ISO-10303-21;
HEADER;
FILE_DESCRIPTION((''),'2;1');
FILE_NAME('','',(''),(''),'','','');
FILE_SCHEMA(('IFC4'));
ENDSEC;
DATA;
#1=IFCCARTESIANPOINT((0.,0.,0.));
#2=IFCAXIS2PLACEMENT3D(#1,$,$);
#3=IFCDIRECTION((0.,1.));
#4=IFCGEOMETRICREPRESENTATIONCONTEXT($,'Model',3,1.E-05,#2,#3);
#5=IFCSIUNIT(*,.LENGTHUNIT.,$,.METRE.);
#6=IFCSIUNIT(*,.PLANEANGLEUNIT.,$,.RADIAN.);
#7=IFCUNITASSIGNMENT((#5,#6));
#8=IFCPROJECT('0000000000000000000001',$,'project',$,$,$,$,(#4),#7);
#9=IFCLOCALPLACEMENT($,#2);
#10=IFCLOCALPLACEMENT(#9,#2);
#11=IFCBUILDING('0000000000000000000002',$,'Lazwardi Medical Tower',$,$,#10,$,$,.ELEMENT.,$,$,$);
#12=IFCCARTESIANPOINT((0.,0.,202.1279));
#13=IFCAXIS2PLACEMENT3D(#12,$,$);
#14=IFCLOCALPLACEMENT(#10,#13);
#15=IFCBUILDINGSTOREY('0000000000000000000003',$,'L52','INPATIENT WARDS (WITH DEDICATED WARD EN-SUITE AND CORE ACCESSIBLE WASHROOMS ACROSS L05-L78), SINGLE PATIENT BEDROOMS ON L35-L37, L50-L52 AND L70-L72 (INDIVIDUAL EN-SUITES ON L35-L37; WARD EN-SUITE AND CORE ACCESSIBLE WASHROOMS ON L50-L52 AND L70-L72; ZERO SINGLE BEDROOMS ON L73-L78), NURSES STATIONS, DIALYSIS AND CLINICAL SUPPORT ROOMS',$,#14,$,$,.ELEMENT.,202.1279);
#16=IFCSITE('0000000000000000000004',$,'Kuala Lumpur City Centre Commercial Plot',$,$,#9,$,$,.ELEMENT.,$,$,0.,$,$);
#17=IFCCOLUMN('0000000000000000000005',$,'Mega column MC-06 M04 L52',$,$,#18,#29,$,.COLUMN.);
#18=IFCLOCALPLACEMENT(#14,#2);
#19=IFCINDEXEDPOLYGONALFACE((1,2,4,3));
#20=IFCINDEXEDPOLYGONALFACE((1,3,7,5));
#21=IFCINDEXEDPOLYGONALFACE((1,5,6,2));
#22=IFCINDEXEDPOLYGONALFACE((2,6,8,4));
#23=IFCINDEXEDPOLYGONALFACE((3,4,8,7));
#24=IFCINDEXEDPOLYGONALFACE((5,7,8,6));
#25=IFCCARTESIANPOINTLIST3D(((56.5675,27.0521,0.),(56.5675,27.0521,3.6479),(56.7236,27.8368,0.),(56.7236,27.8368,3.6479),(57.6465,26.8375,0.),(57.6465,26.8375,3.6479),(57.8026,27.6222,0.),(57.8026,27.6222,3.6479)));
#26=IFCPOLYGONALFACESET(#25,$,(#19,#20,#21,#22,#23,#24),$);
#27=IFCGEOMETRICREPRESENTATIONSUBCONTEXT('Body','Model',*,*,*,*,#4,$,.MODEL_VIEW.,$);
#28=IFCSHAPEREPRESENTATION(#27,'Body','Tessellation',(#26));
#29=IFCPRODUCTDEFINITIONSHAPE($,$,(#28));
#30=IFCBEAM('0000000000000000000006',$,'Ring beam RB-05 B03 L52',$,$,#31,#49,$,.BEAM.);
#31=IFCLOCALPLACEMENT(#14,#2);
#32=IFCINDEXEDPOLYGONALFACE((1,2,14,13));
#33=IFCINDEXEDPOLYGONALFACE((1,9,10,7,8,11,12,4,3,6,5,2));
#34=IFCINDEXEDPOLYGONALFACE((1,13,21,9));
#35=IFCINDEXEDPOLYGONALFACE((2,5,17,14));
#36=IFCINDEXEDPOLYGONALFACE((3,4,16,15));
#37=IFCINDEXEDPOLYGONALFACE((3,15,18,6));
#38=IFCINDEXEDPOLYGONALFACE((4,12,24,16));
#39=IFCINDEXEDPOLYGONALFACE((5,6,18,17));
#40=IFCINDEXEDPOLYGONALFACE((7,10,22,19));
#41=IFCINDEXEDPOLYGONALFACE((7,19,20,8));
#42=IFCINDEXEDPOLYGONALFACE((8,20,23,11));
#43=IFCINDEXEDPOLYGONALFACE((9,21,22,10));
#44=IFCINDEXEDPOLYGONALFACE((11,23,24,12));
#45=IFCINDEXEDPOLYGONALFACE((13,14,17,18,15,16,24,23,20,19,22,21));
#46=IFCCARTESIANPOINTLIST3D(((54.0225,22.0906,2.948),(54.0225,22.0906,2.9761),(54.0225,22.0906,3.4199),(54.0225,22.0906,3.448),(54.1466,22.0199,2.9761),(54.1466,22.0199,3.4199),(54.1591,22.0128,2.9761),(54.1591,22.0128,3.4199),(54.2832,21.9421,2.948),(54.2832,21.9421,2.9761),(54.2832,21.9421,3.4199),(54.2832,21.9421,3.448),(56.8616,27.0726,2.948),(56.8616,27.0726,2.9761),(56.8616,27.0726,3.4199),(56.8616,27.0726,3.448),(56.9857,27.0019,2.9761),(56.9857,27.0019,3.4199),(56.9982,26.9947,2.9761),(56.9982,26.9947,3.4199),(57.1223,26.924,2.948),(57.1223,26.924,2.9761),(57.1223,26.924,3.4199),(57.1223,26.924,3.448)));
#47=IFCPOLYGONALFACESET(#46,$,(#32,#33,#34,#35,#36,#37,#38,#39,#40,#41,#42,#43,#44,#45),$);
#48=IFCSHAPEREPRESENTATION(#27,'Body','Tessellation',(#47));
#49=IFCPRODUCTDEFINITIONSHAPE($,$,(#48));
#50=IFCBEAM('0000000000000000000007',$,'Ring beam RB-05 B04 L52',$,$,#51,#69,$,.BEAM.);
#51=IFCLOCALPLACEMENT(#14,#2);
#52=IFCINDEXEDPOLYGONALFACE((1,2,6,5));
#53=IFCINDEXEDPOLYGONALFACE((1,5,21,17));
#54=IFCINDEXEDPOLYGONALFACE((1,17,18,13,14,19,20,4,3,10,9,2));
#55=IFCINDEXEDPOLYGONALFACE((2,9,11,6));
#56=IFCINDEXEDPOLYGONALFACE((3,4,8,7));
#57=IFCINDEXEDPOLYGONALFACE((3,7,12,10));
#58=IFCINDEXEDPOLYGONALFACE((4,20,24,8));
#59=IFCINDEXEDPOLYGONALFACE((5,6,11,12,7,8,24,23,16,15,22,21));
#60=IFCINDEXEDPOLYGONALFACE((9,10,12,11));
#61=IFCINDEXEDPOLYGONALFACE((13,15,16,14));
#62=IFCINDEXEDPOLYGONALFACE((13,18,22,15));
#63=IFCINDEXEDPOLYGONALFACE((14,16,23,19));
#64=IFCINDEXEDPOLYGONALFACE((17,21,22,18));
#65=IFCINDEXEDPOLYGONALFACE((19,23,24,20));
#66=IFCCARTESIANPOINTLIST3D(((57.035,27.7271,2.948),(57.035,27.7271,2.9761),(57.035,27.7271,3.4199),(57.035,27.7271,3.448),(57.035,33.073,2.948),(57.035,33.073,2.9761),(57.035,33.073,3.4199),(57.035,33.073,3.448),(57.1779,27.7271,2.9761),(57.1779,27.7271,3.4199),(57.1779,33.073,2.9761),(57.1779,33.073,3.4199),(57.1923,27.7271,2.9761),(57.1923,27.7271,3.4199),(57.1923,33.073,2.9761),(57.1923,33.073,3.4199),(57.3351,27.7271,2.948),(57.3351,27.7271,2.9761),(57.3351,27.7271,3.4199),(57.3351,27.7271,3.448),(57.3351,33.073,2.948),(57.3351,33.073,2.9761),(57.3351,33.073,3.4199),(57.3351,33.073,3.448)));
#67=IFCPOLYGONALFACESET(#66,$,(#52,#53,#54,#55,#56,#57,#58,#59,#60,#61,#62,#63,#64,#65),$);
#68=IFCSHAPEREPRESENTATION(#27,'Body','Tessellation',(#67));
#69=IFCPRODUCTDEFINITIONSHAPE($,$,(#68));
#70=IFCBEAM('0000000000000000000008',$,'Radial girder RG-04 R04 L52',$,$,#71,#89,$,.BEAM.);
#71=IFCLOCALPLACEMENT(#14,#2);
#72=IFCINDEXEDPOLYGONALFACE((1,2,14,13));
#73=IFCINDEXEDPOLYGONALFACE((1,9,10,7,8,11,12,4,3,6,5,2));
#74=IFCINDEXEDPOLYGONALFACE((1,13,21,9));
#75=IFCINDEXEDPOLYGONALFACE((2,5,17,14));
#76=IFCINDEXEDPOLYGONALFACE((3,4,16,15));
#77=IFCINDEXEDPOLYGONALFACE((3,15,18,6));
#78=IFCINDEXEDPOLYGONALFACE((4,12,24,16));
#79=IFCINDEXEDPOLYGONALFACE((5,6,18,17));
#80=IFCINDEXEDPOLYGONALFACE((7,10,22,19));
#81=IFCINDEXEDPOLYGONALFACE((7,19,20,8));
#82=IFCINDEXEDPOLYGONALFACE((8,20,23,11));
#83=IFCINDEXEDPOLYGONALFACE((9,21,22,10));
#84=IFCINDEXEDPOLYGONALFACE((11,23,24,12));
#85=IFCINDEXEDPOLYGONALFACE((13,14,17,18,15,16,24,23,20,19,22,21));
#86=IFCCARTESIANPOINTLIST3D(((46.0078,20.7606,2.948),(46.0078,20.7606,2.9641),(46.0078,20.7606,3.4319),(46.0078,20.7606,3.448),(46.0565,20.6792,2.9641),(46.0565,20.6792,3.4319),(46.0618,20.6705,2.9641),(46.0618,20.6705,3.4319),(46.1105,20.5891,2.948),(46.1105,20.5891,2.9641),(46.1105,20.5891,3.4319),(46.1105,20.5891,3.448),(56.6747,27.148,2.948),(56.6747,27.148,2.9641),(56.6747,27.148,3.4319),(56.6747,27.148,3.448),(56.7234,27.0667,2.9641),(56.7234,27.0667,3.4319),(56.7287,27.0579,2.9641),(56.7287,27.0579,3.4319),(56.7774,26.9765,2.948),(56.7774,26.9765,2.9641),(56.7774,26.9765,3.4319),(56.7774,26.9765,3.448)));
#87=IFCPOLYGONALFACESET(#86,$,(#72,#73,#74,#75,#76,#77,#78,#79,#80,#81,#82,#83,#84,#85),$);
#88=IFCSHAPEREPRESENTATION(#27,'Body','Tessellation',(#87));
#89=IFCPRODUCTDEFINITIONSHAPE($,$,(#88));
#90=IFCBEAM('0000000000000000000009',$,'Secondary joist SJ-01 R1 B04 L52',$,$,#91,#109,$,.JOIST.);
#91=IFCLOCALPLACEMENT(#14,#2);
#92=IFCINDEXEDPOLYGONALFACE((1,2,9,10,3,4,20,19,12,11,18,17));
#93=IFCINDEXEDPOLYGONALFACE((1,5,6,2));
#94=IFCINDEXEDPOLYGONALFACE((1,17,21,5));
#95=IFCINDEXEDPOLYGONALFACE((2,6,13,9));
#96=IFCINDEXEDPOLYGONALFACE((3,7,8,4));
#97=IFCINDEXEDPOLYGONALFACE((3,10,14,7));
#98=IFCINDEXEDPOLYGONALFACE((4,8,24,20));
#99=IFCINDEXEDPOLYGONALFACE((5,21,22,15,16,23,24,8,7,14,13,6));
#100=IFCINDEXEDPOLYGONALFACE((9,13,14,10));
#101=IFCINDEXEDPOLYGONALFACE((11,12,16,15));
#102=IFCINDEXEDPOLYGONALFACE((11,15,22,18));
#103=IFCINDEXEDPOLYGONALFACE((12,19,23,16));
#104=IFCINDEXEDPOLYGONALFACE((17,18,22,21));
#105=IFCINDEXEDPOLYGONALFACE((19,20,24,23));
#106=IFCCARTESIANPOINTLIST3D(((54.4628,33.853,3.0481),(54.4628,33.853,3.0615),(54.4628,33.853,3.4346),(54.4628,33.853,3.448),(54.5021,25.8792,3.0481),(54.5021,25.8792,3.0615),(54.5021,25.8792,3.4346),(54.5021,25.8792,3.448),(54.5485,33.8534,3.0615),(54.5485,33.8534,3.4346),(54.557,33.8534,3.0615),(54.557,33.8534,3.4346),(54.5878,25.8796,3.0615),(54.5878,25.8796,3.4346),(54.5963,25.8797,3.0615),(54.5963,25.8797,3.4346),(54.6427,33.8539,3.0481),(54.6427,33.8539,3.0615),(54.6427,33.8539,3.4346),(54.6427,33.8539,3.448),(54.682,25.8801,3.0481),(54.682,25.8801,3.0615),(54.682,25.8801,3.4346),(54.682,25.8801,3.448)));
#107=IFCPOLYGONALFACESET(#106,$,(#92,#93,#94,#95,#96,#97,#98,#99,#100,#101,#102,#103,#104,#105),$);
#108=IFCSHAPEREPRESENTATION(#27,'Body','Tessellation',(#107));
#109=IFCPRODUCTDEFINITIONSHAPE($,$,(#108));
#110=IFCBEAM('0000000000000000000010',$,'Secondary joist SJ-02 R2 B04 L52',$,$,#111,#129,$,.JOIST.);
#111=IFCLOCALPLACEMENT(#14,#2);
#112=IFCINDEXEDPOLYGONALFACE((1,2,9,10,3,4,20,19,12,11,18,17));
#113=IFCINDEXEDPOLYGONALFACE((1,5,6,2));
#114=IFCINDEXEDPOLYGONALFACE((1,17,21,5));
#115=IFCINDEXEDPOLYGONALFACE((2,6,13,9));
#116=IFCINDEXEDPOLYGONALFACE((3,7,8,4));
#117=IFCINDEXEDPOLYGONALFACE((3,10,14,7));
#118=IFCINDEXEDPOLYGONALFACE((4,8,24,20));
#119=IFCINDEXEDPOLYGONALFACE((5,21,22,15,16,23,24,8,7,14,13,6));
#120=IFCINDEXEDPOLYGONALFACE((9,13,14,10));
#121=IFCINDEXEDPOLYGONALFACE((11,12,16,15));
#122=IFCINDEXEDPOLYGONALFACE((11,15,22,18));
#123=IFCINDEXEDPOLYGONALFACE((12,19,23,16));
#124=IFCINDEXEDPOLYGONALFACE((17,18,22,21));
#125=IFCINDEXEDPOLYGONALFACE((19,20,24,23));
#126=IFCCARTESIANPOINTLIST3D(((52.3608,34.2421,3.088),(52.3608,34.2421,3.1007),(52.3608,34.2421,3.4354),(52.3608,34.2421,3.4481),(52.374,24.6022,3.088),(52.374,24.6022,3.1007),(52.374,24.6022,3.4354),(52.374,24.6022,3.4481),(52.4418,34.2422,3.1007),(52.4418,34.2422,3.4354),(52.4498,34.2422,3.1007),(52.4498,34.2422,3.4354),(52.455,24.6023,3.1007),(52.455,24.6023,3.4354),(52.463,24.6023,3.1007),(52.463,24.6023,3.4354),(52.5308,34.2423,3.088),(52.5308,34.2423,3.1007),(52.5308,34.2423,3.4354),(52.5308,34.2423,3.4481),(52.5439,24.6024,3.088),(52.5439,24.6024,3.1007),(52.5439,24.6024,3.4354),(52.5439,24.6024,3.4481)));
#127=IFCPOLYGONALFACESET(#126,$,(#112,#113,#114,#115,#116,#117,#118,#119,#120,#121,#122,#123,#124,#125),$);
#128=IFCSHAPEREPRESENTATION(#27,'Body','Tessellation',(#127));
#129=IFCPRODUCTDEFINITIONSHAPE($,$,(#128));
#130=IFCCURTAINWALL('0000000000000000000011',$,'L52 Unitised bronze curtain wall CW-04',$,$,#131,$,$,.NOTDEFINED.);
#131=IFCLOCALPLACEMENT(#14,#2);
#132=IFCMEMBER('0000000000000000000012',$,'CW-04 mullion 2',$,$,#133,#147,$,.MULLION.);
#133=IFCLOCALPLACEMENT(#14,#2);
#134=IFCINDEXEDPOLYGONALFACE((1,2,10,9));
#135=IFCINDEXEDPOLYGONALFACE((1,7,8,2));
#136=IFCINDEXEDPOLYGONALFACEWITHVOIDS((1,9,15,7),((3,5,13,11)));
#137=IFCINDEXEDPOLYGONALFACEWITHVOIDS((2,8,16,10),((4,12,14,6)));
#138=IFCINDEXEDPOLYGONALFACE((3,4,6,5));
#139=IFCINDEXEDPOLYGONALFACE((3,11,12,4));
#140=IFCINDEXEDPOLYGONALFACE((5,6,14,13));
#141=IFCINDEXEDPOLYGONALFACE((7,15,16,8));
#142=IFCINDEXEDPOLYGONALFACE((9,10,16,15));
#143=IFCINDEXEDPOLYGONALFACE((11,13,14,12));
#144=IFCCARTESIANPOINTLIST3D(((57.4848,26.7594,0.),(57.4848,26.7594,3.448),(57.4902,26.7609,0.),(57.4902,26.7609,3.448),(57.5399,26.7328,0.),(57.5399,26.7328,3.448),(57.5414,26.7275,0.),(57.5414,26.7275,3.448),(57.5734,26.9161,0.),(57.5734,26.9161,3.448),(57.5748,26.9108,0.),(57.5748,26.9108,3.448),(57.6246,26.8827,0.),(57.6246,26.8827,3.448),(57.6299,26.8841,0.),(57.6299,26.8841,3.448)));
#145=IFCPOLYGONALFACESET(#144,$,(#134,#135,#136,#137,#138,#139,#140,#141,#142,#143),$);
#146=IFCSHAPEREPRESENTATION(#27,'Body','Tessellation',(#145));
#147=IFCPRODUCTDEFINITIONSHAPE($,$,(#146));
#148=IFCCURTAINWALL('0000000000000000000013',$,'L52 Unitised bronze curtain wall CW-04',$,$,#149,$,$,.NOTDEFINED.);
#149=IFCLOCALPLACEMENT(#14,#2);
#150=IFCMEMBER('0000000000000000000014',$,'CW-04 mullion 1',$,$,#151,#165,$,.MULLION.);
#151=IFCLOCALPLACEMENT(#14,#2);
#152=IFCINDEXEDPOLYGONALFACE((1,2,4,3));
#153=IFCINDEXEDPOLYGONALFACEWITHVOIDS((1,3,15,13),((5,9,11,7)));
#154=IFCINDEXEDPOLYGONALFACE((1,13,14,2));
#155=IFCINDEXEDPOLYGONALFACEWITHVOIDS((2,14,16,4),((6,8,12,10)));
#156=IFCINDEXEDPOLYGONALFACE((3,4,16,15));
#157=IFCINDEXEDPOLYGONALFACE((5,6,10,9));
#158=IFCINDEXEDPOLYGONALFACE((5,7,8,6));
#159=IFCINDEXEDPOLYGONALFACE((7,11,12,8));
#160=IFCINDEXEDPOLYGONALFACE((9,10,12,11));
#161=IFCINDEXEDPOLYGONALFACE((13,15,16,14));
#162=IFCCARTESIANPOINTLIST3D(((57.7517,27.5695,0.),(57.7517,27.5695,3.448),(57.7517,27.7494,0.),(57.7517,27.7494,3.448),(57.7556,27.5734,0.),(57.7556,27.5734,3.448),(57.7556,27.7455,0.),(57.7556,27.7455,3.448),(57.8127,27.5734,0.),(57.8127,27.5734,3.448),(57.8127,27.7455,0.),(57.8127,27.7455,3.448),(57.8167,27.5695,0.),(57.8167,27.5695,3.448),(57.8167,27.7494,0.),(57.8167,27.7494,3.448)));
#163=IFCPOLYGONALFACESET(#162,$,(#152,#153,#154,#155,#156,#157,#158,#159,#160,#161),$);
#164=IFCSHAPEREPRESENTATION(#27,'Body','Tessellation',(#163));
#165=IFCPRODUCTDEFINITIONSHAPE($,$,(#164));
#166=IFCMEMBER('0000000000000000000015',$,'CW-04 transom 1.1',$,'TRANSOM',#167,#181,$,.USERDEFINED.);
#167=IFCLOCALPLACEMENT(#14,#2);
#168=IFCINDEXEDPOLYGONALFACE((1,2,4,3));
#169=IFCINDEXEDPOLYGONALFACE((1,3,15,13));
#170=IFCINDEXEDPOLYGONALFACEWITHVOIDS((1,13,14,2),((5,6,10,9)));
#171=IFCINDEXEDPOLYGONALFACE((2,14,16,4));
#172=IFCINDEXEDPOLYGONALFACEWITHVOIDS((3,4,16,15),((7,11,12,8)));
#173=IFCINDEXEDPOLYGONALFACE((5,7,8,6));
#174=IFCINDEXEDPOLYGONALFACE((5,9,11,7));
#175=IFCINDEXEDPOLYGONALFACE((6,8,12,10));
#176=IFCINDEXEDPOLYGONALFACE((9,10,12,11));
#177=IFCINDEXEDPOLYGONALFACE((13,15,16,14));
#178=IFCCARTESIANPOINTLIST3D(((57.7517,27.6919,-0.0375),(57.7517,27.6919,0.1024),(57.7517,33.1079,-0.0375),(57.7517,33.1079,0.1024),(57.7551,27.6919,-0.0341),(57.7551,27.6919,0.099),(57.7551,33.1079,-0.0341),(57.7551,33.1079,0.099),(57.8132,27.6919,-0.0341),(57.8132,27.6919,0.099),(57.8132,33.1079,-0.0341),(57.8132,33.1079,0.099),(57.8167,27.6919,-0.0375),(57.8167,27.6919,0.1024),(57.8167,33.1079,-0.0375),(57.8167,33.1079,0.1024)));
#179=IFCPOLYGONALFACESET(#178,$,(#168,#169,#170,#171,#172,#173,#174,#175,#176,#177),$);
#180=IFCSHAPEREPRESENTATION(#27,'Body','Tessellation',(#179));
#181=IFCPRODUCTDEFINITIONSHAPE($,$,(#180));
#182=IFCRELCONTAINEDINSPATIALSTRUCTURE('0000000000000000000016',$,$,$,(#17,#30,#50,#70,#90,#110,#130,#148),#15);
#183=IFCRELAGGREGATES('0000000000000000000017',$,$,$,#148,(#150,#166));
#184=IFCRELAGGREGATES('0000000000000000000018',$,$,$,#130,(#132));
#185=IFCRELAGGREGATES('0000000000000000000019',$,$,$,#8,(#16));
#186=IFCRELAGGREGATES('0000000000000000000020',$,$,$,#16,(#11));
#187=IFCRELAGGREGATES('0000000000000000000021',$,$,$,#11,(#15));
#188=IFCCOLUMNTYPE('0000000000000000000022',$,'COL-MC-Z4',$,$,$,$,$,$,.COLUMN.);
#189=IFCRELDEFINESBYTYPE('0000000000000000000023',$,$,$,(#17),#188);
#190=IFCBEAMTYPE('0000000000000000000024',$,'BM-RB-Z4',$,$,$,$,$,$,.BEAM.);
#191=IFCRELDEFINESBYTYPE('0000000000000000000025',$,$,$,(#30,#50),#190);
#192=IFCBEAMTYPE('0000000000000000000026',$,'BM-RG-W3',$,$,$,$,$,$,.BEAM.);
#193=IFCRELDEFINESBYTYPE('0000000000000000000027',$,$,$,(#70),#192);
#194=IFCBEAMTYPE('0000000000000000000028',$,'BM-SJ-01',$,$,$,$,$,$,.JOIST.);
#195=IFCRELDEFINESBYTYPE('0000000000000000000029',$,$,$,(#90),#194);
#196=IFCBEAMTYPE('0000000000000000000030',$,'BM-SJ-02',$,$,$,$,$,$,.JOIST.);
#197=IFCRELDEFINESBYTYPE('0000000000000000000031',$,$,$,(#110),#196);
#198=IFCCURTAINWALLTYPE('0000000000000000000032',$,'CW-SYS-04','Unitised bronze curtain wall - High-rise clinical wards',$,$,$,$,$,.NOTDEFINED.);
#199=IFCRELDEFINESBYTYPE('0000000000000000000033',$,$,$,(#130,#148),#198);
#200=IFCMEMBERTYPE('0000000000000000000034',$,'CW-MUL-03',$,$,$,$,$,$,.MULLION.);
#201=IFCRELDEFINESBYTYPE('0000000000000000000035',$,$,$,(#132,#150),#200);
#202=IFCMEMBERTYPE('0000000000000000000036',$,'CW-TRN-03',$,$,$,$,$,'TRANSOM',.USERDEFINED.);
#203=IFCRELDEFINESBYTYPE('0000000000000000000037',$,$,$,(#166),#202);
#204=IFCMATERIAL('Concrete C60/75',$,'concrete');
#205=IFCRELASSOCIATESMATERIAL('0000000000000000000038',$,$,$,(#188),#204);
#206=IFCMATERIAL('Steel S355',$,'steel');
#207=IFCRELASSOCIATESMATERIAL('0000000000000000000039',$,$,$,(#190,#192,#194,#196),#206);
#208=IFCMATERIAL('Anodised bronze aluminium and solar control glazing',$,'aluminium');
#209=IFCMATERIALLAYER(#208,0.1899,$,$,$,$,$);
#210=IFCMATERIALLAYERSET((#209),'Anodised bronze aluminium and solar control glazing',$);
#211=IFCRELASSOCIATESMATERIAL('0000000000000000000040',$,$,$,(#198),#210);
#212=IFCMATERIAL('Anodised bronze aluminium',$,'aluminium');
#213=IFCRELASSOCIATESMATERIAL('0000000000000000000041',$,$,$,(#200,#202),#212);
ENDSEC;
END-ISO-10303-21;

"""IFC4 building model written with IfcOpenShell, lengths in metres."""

from ifc_helpers import new_model, si_unit, direction, frame, origin, origin_2d, place, context, subcontext, project, spatial, rectangle, hollow_rectangle, i_section, extrude, material, layer, layer_set, material_profile, profile_set, type_object, element, aggregate, save


model = new_model("IFC4")

# Units and contexts
model_context = context("Model", 3, precision=1e-05, world=origin(), true_north=direction((0.0, 1.0)))
body_context = subcontext(model_context, "Body", "Model", "MODEL_VIEW")
ifc_project = project(units=[si_unit("LENGTHUNIT", "METRE"), si_unit("PLANEANGLEUNIT", "RADIAN")], contexts=[model_context])

# Site, building, storey
site_placement = place(None, origin())
site = spatial("IfcSite", under=ifc_project, at=site_placement, Name="Kuala Lumpur City Centre Commercial Plot", CompositionType="ELEMENT", RefElevation=0.0)
building_placement = place(site_placement, origin())
building = spatial("IfcBuilding", under=site, at=building_placement, Name="Lazwardi Medical Tower", CompositionType="ELEMENT")
storey_placement = place(building_placement, frame((0.0, 0.0, 202.1279)))
storey = spatial("IfcBuildingStorey", under=building, at=storey_placement, Name="L52", Description="INPATIENT WARDS (WITH DEDICATED WARD EN-SUITE AND CORE ACCESSIBLE WASHROOMS ACROSS L05-L78), SINGLE PATIENT BEDROOMS ON L35-L37, L50-L52 AND L70-L72 (INDIVIDUAL EN-SUITES ON L35-L37; WARD EN-SUITE AND CORE ACCESSIBLE WASHROOMS ON L50-L52 AND L70-L72; ZERO SINGLE BEDROOMS ON L73-L78), NURSES STATIONS, DIALYSIS AND CLINICAL SUPPORT ROOMS", CompositionType="ELEMENT", Elevation=202.1279)

# Column
ifc_material_1 = material(Name="Concrete C60/75", Category="concrete")
ifc_material_profile_1 = material_profile(ifc_material_1, rectangle(XDim=1.1001, YDim=0.8, at=origin_2d()), Name="CFT-RECT 1100x800")
ifc_profile_set_1 = profile_set([ifc_material_profile_1], Name="Concrete C60/75")
column_type = type_object("IfcColumnType", Name="COL-MC-Z4", PredefinedType="COLUMN", material=ifc_profile_set_1)
column_placement = place(storey_placement, frame((57.1851, 27.3372, 0.0), z_axis=(0.0, 0.0, 1.0), x_axis=(0.980785, -0.19509, 0.0)))
element("IfcColumn", 1, at=column_placement, inside=storey, type_object=column_type, Name="Mega column MC-06 M04 L52", PredefinedType="COLUMN", context=body_context, shape_type="SweptSolid", body=[
    extrude(rectangle(XDim=1.1001, YDim=0.8, at=origin_2d()), origin(), (0.0, 0.0, 1.0), 3.6479),
])

# Beams
ifc_material_2 = material(Name="Steel S355", Category="steel")
ifc_material_profile_2 = material_profile(ifc_material_2, i_section(OverallWidth=0.3, OverallDepth=0.5, WebThickness=0.0144, FlangeThickness=0.0281, at=origin_2d()), Name="HEB 500")
ifc_profile_set_2 = profile_set([ifc_material_profile_2], Name="Steel S355")
beam_type_1 = type_object("IfcBeamType", Name="BM-RB-Z4", PredefinedType="BEAM", material=ifc_profile_set_2)
beam_1_placement = place(storey_placement, frame((54.1528, 22.0164, 3.198), z_axis=(0.495125, 0.868822, 0.0), x_axis=(-0.868822, 0.495125, 0.0)))
element("IfcBeam", 2, at=beam_1_placement, inside=storey, type_object=beam_type_1, Name="Ring beam RB-05 B03 L52", PredefinedType="BEAM", context=body_context, shape_type="SweptSolid", body=[
    extrude(i_section(OverallWidth=0.3, OverallDepth=0.5, WebThickness=0.0144, FlangeThickness=0.0281, at=origin_2d()), origin(), (0.0, 0.0, 1.0), 5.7341),
])
beam_2_placement = place(storey_placement, frame((57.1851, 27.7271, 3.198), z_axis=(0.0, 1.0, 0.0), x_axis=(-1.0, 0.0, 0.0)))
element("IfcBeam", 3, at=beam_2_placement, inside=storey, type_object=beam_type_1, Name="Ring beam RB-05 B04 L52", PredefinedType="BEAM", context=body_context, shape_type="SweptSolid", body=[
    extrude(i_section(OverallWidth=0.3, OverallDepth=0.5, WebThickness=0.0144, FlangeThickness=0.0281, at=origin_2d()), origin(), (0.0, 0.0, 1.0), 5.3459),
])
ifc_material_profile_3 = material_profile(ifc_material_2, i_section(OverallWidth=0.2, OverallDepth=0.5, WebThickness=0.0103, FlangeThickness=0.0161, at=origin_2d()), Name="IPE 500")
ifc_profile_set_3 = profile_set([ifc_material_profile_3], Name="Steel S355")
beam_type_2 = type_object("IfcBeamType", Name="BM-RG-W3", PredefinedType="BEAM", material=ifc_profile_set_3)
beam_3_placement = place(storey_placement, frame((56.7261, 27.0623, 3.198), z_axis=(-0.857945, -0.513742, 0.0), x_axis=(0.513742, -0.857945, 0.0)))
element("IfcBeam", 4, at=beam_3_placement, inside=storey, type_object=beam_type_2, Name="Radial girder RG-04 R04 L52", PredefinedType="BEAM", context=body_context, shape_type="SweptSolid", body=[
    extrude(i_section(OverallWidth=0.2, OverallDepth=0.5, WebThickness=0.0103, FlangeThickness=0.0161, at=origin_2d()), origin(), (0.0, 0.0, 1.0), 12.4331),
])
ifc_material_profile_4 = material_profile(ifc_material_2, i_section(OverallWidth=0.1799, OverallDepth=0.3999, WebThickness=0.0085, FlangeThickness=0.0134, at=origin_2d()), Name="IPE 400")
ifc_profile_set_4 = profile_set([ifc_material_profile_4], Name="Steel S355")
beam_type_3 = type_object("IfcBeamType", Name="BM-SJ-01", PredefinedType="JOIST", material=ifc_profile_set_4)
beam_4_placement = place(storey_placement, frame((54.592, 25.8796, 3.248), z_axis=(-0.004929, 0.999988, 0.0), x_axis=(-0.999988, -0.004929, 0.0)))
element("IfcBeam", 5, at=beam_4_placement, inside=storey, type_object=beam_type_3, Name="Secondary joist SJ-01 R1 B04 L52", PredefinedType="JOIST", context=body_context, shape_type="SweptSolid", body=[
    extrude(i_section(OverallWidth=0.1799, OverallDepth=0.3999, WebThickness=0.0085, FlangeThickness=0.0134, at=origin_2d()), origin(), (0.0, 0.0, 1.0), 7.9739),
])
ifc_material_profile_5 = material_profile(ifc_material_2, i_section(OverallWidth=0.1699, OverallDepth=0.3601, WebThickness=0.0081, FlangeThickness=0.0127, at=origin_2d()), Name="IPE 360")
ifc_profile_set_5 = profile_set([ifc_material_profile_5], Name="Steel S355")
beam_type_4 = type_object("IfcBeamType", Name="BM-SJ-02", PredefinedType="JOIST", material=ifc_profile_set_5)
beam_5_placement = place(storey_placement, frame((52.459, 24.6023, 3.2681), z_axis=(-0.001368, 0.999999, 0.0), x_axis=(-0.999999, -0.001368, 0.0)))
element("IfcBeam", 6, at=beam_5_placement, inside=storey, type_object=beam_type_4, Name="Secondary joist SJ-02 R2 B04 L52", PredefinedType="JOIST", context=body_context, shape_type="SweptSolid", body=[
    extrude(i_section(OverallWidth=0.1699, OverallDepth=0.3601, WebThickness=0.0081, FlangeThickness=0.0127, at=origin_2d()), origin(), (0.0, 0.0, 1.0), 9.6399),
])

# Curtain wall, member
ifc_material_3 = material(Name="Anodised bronze aluminium and solar control glazing", Category="aluminium")
ifc_layer_1 = layer(ifc_material_3, 0.1899)
ifc_layer_set_1 = layer_set([ifc_layer_1], Name="Anodised bronze aluminium and solar control glazing")
curtain_wall_type = type_object("IfcCurtainWallType", Name="CW-SYS-04", Description="Unitised bronze curtain wall - High-rise clinical wards", PredefinedType="NOTDEFINED", material=ifc_layer_set_1)
curtain_wall_1_placement = place(storey_placement, origin())
curtain_wall_1 = element("IfcCurtainWall", 7, at=curtain_wall_1_placement, inside=storey, type_object=curtain_wall_type, Name="L52 Unitised bronze curtain wall CW-04", PredefinedType="NOTDEFINED")
ifc_material_4 = material(Name="Anodised bronze aluminium", Category="aluminium")
ifc_material_profile_6 = material_profile(ifc_material_4, hollow_rectangle(XDim=0.0649, YDim=0.1799, WallThickness=0.0039, at=origin_2d()), Name="ALU-MULLION 180x65x4")
ifc_profile_set_6 = profile_set([ifc_material_profile_6], Name="Anodised bronze aluminium")
member_type_1 = type_object("IfcMemberType", Name="CW-MUL-03", PredefinedType="MULLION", material=ifc_profile_set_6)
member_1_placement = place(storey_placement, frame((57.5574, 26.8218, 0.0), z_axis=(0.0, 0.0, 1.0), x_axis=(-0.870651, 0.4919, 0.0)))
member_1 = element("IfcMember", 8, at=member_1_placement, type_object=member_type_1, Name="CW-04 mullion 2", PredefinedType="MULLION", context=body_context, shape_type="SweptSolid", body=[
    extrude(hollow_rectangle(XDim=0.0649, YDim=0.1799, WallThickness=0.0039, at=origin_2d()), origin(), (0.0, 0.0, 1.0), 3.448),
])

# Curtain wall, members
curtain_wall_2_placement = place(storey_placement, origin())
curtain_wall_2 = element("IfcCurtainWall", 9, at=curtain_wall_2_placement, inside=storey, type_object=curtain_wall_type, Name="L52 Unitised bronze curtain wall CW-04", PredefinedType="NOTDEFINED")
member_2_placement = place(storey_placement, frame((57.7842, 27.6594, 0.0), z_axis=(0.0, 0.0, 1.0), x_axis=(-1.0, 0.0, 0.0)))
member_2 = element("IfcMember", 10, at=member_2_placement, type_object=member_type_1, Name="CW-04 mullion 1", PredefinedType="MULLION", context=body_context, shape_type="SweptSolid", body=[
    extrude(hollow_rectangle(XDim=0.0649, YDim=0.1799, WallThickness=0.0039, at=origin_2d()), origin(), (0.0, 0.0, 1.0), 3.448),
])
ifc_material_profile_7 = material_profile(ifc_material_4, hollow_rectangle(XDim=0.0649, YDim=0.1399, WallThickness=0.0034, at=origin_2d()), Name="ALU-TRANSOM 140x65x3.5")
ifc_profile_set_7 = profile_set([ifc_material_profile_7], Name="Anodised bronze aluminium")
member_type_2 = type_object("IfcMemberType", Name="CW-TRN-03", ElementType="TRANSOM", PredefinedType="USERDEFINED", material=ifc_profile_set_7)
member_3_placement = place(storey_placement, frame((57.7842, 27.6919, 0.0325), z_axis=(0.0, 1.0, 0.0), x_axis=(-1.0, 0.0, 0.0)))
member_3 = element("IfcMember", 11, at=member_3_placement, type_object=member_type_2, Name="CW-04 transom 1.1", ObjectType="TRANSOM", PredefinedType="USERDEFINED", context=body_context, shape_type="SweptSolid", body=[
    extrude(hollow_rectangle(XDim=0.0649, YDim=0.1399, WallThickness=0.0034, at=origin_2d()), origin(), (0.0, 0.0, 1.0), 5.416),
])
aggregate(curtain_wall_2, [member_2, member_3])

aggregate(curtain_wall_1, [member_1])

save(model, "model.ifc")
